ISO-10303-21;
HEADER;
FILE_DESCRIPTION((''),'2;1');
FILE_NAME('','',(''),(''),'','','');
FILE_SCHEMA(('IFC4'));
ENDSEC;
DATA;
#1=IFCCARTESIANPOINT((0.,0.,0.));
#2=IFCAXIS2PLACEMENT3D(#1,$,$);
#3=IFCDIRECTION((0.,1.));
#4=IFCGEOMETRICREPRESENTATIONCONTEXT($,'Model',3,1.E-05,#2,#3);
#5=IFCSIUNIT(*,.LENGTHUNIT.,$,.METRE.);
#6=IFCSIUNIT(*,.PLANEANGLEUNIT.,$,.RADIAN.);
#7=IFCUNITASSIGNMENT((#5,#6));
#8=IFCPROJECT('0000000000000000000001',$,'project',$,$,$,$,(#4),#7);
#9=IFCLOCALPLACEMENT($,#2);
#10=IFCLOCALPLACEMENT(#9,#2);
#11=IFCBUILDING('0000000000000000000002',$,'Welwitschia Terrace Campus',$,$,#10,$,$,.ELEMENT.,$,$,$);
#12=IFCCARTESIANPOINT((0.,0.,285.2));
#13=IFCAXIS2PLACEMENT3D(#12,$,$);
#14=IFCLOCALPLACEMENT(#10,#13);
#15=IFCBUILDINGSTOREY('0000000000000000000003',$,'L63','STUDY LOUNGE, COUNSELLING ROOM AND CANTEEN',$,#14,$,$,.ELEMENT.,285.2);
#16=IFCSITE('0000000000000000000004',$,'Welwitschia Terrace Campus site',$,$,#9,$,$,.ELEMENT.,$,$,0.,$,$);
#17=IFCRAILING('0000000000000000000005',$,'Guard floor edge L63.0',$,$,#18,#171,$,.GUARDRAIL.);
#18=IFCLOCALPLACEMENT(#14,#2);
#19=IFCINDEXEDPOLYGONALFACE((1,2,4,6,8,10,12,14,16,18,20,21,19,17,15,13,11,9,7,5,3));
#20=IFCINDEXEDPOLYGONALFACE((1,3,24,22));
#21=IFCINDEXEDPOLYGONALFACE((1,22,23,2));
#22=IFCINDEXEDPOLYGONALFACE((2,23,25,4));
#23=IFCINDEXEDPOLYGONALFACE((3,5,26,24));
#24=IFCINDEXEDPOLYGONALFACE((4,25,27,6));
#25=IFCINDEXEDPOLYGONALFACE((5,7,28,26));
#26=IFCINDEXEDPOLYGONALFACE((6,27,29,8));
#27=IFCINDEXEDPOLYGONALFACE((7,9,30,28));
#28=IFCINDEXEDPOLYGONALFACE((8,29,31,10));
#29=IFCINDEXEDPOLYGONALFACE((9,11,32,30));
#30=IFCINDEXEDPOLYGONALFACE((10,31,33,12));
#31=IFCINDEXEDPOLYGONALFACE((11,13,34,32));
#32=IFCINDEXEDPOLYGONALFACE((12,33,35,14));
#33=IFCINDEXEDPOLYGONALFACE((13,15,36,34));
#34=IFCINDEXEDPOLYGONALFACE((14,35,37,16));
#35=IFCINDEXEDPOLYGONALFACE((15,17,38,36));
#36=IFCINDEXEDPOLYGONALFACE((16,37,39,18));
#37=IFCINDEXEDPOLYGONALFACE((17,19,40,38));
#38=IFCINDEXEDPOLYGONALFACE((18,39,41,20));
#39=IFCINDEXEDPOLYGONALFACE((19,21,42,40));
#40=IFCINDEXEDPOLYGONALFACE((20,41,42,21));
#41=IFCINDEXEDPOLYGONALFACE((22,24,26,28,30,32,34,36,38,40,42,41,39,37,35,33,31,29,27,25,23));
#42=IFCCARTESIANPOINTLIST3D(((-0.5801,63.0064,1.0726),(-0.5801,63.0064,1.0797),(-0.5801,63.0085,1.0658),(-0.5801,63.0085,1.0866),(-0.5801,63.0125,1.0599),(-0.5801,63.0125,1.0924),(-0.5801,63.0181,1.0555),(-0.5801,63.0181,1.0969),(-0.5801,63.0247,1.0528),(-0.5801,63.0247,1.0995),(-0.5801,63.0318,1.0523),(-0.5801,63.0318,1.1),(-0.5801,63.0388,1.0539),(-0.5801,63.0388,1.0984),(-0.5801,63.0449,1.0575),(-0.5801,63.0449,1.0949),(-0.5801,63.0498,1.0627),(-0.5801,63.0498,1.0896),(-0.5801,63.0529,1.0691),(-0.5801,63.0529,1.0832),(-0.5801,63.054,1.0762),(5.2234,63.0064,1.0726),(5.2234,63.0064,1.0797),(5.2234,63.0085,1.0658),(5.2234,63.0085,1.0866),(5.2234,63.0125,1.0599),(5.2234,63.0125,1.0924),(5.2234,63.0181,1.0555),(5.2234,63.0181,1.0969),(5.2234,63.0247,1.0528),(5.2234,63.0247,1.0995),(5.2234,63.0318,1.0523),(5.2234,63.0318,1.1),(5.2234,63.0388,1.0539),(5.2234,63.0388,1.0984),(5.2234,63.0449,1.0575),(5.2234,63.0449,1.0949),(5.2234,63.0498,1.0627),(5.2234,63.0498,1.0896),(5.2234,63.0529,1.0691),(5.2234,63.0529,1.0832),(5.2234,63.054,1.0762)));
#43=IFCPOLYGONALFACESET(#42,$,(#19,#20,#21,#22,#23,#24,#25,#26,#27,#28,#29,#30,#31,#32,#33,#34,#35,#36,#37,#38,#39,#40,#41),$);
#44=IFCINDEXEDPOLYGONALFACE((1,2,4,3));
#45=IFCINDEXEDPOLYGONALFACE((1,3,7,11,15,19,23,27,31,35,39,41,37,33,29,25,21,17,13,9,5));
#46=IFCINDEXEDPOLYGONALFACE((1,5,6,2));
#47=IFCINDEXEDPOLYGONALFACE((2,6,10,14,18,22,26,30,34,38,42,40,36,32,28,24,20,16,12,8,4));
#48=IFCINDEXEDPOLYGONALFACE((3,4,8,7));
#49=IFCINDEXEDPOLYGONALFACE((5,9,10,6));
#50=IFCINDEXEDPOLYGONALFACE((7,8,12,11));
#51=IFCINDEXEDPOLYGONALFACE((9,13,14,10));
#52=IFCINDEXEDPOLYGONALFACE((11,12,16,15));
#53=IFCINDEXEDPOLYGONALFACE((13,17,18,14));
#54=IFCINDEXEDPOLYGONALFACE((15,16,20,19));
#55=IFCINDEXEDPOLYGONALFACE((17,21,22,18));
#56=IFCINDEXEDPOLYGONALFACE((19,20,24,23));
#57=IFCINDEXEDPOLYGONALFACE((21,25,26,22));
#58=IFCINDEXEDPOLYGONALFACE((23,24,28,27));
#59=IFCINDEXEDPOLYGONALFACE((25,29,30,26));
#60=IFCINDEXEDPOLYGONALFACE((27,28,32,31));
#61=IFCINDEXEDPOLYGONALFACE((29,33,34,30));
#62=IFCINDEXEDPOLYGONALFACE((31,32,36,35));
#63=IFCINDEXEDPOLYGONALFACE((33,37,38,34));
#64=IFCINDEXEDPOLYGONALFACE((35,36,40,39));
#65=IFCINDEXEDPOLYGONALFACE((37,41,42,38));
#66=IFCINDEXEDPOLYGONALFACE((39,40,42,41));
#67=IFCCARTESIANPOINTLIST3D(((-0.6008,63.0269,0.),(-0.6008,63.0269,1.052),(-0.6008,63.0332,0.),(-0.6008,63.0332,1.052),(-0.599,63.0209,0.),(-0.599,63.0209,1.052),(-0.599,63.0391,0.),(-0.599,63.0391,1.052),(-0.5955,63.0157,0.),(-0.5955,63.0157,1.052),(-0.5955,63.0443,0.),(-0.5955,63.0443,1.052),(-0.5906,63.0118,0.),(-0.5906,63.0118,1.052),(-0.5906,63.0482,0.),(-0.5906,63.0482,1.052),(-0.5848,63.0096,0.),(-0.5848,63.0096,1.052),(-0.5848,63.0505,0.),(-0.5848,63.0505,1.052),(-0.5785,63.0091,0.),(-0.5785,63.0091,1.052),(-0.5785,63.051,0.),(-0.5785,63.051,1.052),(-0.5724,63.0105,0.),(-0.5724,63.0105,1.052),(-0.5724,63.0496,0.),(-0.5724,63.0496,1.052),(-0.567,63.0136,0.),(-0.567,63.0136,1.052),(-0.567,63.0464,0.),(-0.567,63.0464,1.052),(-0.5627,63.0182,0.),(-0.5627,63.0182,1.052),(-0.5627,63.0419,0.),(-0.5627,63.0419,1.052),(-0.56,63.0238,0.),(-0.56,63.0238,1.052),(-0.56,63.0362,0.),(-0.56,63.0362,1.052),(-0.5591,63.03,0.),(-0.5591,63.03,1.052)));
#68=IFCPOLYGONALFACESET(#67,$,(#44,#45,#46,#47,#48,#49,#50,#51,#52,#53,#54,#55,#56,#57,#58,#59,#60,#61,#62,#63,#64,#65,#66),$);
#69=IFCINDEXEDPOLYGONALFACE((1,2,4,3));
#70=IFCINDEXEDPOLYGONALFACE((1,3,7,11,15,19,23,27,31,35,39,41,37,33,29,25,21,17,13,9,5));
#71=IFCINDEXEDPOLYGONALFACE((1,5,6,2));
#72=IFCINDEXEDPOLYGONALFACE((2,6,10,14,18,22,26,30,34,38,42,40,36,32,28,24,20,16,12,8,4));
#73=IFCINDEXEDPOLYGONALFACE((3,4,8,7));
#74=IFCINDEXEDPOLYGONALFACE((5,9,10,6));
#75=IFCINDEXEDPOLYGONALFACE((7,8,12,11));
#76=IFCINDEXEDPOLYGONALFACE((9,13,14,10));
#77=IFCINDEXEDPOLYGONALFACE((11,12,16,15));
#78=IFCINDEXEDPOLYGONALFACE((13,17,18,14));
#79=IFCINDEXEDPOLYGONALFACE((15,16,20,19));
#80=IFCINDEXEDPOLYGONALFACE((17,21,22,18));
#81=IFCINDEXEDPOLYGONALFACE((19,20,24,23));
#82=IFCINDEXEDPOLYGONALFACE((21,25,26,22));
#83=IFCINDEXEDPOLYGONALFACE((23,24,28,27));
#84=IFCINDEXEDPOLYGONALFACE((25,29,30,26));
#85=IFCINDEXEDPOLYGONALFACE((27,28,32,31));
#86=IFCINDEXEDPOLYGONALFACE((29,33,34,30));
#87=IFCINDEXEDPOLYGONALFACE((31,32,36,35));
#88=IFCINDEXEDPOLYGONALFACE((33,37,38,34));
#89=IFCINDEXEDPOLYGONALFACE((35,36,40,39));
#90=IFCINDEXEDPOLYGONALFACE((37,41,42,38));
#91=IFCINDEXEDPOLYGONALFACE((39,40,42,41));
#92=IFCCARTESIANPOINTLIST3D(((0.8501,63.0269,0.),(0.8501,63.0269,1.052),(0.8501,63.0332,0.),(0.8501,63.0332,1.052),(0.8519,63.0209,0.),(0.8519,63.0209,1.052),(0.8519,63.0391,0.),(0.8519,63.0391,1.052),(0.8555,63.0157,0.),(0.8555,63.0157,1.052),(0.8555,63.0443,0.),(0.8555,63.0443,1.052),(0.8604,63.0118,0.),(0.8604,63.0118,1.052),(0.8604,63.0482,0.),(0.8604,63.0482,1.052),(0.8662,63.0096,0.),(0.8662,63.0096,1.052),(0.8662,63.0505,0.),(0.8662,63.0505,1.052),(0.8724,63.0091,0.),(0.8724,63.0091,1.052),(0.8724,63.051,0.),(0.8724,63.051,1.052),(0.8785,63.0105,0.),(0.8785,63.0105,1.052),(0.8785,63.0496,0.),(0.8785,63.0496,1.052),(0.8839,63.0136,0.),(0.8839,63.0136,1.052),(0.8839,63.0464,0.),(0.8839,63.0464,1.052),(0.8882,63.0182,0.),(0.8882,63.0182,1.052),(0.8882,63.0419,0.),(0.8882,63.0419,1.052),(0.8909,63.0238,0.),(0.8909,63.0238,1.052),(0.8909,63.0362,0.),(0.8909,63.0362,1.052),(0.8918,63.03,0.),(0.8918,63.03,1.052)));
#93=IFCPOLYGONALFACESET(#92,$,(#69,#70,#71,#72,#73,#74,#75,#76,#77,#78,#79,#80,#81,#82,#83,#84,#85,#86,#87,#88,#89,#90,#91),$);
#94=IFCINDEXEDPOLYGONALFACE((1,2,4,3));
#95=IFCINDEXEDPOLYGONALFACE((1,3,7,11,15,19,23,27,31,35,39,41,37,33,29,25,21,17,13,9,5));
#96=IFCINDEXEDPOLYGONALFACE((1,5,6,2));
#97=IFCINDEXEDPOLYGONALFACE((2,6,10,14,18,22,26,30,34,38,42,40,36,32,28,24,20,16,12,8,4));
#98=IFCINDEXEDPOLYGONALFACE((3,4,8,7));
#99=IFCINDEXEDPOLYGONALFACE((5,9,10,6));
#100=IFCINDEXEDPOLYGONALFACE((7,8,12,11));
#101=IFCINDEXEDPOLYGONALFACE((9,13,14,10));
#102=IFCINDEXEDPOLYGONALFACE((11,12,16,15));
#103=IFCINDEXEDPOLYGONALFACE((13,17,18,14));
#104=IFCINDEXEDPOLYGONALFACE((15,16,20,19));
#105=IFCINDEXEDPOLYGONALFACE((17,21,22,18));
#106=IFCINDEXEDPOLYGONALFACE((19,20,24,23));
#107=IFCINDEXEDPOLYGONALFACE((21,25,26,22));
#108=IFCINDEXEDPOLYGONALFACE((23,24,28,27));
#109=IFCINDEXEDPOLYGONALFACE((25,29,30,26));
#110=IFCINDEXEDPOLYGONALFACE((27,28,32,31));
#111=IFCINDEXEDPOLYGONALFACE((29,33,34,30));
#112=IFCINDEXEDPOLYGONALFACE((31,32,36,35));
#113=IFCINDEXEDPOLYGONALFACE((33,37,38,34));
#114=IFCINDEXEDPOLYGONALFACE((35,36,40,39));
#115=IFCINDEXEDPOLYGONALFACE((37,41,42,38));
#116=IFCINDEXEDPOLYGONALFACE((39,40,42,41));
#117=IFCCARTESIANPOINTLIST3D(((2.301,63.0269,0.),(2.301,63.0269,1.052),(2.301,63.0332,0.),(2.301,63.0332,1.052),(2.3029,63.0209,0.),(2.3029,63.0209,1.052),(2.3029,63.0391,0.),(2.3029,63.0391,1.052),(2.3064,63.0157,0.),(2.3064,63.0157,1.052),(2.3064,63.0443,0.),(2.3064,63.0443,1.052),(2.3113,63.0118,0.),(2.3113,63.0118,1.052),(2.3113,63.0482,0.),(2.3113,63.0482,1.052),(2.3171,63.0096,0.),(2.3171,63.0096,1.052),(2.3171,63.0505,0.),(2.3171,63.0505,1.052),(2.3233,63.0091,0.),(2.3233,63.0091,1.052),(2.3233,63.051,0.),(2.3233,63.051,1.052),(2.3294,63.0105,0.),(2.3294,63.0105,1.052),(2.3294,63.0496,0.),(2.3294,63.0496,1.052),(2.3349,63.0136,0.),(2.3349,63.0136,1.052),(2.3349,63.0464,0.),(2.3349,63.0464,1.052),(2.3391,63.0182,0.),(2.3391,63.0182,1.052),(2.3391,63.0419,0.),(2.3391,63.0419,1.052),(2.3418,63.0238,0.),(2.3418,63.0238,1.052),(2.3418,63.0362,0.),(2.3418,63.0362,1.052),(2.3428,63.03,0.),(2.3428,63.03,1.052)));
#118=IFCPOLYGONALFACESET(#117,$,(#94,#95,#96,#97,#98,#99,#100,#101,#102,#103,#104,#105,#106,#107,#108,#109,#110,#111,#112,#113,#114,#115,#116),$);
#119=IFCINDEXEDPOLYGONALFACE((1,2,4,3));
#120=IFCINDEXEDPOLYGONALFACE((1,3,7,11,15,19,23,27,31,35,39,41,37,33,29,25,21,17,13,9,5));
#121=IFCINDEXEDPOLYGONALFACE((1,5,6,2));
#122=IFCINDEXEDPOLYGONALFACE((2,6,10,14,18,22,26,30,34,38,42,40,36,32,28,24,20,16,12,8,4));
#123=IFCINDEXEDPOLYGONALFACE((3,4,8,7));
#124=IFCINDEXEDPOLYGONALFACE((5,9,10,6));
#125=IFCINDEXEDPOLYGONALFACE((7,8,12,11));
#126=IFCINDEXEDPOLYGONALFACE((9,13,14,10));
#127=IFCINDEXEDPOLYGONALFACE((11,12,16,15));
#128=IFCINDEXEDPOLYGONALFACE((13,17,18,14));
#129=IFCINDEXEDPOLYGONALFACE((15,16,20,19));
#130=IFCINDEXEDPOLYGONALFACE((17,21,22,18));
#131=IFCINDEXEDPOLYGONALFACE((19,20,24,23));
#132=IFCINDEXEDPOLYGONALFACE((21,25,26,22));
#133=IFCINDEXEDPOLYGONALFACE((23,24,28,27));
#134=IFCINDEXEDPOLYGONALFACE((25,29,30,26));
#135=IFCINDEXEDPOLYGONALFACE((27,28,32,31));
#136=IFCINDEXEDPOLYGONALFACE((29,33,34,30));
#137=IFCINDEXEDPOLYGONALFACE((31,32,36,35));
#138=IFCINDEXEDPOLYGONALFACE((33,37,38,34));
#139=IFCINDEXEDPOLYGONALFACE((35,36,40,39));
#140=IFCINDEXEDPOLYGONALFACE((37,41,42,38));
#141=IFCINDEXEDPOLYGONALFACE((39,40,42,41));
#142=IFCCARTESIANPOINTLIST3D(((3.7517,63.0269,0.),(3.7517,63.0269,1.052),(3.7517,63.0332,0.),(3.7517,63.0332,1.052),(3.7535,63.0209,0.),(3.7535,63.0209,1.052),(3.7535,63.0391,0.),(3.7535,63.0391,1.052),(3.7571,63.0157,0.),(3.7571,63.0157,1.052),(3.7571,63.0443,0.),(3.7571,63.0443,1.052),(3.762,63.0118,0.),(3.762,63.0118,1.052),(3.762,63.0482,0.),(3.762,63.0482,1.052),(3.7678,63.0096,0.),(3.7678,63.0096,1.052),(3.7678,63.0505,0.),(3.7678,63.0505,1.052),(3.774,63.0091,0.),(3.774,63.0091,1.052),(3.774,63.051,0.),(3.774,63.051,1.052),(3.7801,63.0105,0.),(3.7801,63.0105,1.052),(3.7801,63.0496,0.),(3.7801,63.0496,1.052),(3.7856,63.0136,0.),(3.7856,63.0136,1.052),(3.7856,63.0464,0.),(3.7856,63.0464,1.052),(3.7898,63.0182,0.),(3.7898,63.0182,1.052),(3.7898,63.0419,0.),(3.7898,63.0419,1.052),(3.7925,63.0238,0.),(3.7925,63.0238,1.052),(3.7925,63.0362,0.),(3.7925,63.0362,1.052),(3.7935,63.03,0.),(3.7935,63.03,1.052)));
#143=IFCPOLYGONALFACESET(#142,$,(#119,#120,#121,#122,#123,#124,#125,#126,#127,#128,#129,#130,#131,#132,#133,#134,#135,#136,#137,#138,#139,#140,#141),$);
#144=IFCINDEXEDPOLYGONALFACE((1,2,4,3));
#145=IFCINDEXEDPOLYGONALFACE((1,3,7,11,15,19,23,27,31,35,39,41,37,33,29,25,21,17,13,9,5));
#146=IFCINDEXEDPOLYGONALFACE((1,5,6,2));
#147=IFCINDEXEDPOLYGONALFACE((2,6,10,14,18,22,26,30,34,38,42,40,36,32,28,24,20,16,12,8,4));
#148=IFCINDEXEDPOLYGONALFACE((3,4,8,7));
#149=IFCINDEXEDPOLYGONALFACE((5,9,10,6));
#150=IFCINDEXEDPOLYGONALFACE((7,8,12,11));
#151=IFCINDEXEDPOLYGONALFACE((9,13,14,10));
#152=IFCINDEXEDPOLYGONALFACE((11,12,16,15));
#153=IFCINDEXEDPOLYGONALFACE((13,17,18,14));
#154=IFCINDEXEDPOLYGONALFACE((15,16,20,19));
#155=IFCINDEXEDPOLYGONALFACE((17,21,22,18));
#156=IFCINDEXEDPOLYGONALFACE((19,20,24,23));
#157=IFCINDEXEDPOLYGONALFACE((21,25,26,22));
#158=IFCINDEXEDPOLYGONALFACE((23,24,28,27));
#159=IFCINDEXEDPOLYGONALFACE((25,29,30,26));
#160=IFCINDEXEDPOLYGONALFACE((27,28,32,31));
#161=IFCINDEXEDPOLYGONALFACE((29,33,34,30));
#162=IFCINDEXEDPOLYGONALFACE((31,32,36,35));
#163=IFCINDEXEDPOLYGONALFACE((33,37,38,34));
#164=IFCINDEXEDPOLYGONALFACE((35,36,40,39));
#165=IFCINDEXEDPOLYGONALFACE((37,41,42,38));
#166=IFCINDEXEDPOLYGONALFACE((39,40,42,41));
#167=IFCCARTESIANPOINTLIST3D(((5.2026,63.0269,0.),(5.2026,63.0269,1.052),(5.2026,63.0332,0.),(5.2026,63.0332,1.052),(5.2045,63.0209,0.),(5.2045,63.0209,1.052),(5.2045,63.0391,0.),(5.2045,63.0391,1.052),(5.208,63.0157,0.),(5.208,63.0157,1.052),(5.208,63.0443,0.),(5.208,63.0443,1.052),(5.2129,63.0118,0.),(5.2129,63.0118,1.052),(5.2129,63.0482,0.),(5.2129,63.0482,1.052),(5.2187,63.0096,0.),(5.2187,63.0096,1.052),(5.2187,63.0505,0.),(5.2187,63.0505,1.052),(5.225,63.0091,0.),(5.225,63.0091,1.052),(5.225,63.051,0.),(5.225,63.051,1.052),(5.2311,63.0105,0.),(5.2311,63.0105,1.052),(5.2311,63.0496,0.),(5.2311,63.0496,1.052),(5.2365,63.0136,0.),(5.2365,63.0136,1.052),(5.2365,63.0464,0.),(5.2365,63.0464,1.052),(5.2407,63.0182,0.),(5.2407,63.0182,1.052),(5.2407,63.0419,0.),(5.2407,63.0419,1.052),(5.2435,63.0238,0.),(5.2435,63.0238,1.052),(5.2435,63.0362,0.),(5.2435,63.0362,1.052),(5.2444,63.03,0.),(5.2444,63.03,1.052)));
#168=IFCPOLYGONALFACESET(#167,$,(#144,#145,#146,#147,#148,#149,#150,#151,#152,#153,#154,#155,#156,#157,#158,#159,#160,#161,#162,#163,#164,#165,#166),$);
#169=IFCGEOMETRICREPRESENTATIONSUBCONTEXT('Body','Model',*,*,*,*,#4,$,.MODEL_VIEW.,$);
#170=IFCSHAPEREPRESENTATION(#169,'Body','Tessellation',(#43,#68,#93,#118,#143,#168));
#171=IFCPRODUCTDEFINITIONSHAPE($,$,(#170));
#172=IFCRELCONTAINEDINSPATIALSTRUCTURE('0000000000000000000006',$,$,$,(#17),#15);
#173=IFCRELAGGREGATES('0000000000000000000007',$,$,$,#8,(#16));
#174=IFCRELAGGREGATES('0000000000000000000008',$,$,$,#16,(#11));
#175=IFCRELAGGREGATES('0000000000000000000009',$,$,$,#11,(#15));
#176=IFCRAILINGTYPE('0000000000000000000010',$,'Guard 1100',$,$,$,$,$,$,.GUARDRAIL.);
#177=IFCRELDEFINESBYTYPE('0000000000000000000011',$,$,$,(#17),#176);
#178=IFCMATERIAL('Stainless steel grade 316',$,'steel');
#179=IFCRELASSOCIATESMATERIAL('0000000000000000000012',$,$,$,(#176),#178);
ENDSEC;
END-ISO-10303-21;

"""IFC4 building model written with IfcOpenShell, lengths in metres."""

from ifc_helpers import new_model, si_unit, direction, frame, origin, origin_2d, place, context, subcontext, project, spatial, circle, extrude, material, type_object, element, save


model = new_model("IFC4")

# Units and contexts
model_context = context("Model", 3, precision=1e-05, world=origin(), true_north=direction((0.0, 1.0)))
body_context = subcontext(model_context, "Body", "Model", "MODEL_VIEW")
ifc_project = project(units=[si_unit("LENGTHUNIT", "METRE"), si_unit("PLANEANGLEUNIT", "RADIAN")], contexts=[model_context])

# Site, building, storey
site_placement = place(None, origin())
site = spatial("IfcSite", under=ifc_project, at=site_placement, Name="Welwitschia Terrace Campus site", CompositionType="ELEMENT", RefElevation=0.0)
building_placement = place(site_placement, origin())
building = spatial("IfcBuilding", under=site, at=building_placement, Name="Welwitschia Terrace Campus", CompositionType="ELEMENT")
storey_placement = place(building_placement, frame((0.0, 0.0, 285.2)))
storey = spatial("IfcBuildingStorey", under=building, at=storey_placement, Name="L63", Description="STUDY LOUNGE, COUNSELLING ROOM AND CANTEEN", CompositionType="ELEMENT", Elevation=285.2)

# Railing
ifc_material_1 = material(Name="Stainless steel grade 316", Category="steel")
railing_type = type_object("IfcRailingType", Name="Guard 1100", PredefinedType="GUARDRAIL", material=ifc_material_1)
railing_1_placement = place(storey_placement, frame((-0.5801, 63.03, 0.0)))
element("IfcRailing", 1, at=railing_1_placement, inside=storey, type_object=railing_type, Name="Guard floor edge L63.0", PredefinedType="GUARDRAIL", context=body_context, shape_type="SweptSolid", body=[
    extrude(circle(Radius=0.0239, at=origin_2d()), frame((0.0, 0.0, 1.0762), z_axis=(1.0, 0.0, 0.0), x_axis=(0.0, 1.0, 0.0)), (0.0, 0.0, 1.0), 5.8035),
    extrude(circle(Radius=0.021, at=origin_2d()), origin(), (0.0, 0.0, 1.0), 1.052),
    extrude(circle(Radius=0.021, at=origin_2d()), frame((1.4509, 0.0, 0.0)), (0.0, 0.0, 1.0), 1.052),
    extrude(circle(Radius=0.021, at=origin_2d()), frame((2.9019, 0.0, 0.0)), (0.0, 0.0, 1.0), 1.052),
    extrude(circle(Radius=0.021, at=origin_2d()), frame((4.3525, 0.0, 0.0)), (0.0, 0.0, 1.0), 1.052),
    extrude(circle(Radius=0.021, at=origin_2d()), frame((5.8035, 0.0, 0.0)), (0.0, 0.0, 1.0), 1.052),
])

save(model, "model.ifc")
